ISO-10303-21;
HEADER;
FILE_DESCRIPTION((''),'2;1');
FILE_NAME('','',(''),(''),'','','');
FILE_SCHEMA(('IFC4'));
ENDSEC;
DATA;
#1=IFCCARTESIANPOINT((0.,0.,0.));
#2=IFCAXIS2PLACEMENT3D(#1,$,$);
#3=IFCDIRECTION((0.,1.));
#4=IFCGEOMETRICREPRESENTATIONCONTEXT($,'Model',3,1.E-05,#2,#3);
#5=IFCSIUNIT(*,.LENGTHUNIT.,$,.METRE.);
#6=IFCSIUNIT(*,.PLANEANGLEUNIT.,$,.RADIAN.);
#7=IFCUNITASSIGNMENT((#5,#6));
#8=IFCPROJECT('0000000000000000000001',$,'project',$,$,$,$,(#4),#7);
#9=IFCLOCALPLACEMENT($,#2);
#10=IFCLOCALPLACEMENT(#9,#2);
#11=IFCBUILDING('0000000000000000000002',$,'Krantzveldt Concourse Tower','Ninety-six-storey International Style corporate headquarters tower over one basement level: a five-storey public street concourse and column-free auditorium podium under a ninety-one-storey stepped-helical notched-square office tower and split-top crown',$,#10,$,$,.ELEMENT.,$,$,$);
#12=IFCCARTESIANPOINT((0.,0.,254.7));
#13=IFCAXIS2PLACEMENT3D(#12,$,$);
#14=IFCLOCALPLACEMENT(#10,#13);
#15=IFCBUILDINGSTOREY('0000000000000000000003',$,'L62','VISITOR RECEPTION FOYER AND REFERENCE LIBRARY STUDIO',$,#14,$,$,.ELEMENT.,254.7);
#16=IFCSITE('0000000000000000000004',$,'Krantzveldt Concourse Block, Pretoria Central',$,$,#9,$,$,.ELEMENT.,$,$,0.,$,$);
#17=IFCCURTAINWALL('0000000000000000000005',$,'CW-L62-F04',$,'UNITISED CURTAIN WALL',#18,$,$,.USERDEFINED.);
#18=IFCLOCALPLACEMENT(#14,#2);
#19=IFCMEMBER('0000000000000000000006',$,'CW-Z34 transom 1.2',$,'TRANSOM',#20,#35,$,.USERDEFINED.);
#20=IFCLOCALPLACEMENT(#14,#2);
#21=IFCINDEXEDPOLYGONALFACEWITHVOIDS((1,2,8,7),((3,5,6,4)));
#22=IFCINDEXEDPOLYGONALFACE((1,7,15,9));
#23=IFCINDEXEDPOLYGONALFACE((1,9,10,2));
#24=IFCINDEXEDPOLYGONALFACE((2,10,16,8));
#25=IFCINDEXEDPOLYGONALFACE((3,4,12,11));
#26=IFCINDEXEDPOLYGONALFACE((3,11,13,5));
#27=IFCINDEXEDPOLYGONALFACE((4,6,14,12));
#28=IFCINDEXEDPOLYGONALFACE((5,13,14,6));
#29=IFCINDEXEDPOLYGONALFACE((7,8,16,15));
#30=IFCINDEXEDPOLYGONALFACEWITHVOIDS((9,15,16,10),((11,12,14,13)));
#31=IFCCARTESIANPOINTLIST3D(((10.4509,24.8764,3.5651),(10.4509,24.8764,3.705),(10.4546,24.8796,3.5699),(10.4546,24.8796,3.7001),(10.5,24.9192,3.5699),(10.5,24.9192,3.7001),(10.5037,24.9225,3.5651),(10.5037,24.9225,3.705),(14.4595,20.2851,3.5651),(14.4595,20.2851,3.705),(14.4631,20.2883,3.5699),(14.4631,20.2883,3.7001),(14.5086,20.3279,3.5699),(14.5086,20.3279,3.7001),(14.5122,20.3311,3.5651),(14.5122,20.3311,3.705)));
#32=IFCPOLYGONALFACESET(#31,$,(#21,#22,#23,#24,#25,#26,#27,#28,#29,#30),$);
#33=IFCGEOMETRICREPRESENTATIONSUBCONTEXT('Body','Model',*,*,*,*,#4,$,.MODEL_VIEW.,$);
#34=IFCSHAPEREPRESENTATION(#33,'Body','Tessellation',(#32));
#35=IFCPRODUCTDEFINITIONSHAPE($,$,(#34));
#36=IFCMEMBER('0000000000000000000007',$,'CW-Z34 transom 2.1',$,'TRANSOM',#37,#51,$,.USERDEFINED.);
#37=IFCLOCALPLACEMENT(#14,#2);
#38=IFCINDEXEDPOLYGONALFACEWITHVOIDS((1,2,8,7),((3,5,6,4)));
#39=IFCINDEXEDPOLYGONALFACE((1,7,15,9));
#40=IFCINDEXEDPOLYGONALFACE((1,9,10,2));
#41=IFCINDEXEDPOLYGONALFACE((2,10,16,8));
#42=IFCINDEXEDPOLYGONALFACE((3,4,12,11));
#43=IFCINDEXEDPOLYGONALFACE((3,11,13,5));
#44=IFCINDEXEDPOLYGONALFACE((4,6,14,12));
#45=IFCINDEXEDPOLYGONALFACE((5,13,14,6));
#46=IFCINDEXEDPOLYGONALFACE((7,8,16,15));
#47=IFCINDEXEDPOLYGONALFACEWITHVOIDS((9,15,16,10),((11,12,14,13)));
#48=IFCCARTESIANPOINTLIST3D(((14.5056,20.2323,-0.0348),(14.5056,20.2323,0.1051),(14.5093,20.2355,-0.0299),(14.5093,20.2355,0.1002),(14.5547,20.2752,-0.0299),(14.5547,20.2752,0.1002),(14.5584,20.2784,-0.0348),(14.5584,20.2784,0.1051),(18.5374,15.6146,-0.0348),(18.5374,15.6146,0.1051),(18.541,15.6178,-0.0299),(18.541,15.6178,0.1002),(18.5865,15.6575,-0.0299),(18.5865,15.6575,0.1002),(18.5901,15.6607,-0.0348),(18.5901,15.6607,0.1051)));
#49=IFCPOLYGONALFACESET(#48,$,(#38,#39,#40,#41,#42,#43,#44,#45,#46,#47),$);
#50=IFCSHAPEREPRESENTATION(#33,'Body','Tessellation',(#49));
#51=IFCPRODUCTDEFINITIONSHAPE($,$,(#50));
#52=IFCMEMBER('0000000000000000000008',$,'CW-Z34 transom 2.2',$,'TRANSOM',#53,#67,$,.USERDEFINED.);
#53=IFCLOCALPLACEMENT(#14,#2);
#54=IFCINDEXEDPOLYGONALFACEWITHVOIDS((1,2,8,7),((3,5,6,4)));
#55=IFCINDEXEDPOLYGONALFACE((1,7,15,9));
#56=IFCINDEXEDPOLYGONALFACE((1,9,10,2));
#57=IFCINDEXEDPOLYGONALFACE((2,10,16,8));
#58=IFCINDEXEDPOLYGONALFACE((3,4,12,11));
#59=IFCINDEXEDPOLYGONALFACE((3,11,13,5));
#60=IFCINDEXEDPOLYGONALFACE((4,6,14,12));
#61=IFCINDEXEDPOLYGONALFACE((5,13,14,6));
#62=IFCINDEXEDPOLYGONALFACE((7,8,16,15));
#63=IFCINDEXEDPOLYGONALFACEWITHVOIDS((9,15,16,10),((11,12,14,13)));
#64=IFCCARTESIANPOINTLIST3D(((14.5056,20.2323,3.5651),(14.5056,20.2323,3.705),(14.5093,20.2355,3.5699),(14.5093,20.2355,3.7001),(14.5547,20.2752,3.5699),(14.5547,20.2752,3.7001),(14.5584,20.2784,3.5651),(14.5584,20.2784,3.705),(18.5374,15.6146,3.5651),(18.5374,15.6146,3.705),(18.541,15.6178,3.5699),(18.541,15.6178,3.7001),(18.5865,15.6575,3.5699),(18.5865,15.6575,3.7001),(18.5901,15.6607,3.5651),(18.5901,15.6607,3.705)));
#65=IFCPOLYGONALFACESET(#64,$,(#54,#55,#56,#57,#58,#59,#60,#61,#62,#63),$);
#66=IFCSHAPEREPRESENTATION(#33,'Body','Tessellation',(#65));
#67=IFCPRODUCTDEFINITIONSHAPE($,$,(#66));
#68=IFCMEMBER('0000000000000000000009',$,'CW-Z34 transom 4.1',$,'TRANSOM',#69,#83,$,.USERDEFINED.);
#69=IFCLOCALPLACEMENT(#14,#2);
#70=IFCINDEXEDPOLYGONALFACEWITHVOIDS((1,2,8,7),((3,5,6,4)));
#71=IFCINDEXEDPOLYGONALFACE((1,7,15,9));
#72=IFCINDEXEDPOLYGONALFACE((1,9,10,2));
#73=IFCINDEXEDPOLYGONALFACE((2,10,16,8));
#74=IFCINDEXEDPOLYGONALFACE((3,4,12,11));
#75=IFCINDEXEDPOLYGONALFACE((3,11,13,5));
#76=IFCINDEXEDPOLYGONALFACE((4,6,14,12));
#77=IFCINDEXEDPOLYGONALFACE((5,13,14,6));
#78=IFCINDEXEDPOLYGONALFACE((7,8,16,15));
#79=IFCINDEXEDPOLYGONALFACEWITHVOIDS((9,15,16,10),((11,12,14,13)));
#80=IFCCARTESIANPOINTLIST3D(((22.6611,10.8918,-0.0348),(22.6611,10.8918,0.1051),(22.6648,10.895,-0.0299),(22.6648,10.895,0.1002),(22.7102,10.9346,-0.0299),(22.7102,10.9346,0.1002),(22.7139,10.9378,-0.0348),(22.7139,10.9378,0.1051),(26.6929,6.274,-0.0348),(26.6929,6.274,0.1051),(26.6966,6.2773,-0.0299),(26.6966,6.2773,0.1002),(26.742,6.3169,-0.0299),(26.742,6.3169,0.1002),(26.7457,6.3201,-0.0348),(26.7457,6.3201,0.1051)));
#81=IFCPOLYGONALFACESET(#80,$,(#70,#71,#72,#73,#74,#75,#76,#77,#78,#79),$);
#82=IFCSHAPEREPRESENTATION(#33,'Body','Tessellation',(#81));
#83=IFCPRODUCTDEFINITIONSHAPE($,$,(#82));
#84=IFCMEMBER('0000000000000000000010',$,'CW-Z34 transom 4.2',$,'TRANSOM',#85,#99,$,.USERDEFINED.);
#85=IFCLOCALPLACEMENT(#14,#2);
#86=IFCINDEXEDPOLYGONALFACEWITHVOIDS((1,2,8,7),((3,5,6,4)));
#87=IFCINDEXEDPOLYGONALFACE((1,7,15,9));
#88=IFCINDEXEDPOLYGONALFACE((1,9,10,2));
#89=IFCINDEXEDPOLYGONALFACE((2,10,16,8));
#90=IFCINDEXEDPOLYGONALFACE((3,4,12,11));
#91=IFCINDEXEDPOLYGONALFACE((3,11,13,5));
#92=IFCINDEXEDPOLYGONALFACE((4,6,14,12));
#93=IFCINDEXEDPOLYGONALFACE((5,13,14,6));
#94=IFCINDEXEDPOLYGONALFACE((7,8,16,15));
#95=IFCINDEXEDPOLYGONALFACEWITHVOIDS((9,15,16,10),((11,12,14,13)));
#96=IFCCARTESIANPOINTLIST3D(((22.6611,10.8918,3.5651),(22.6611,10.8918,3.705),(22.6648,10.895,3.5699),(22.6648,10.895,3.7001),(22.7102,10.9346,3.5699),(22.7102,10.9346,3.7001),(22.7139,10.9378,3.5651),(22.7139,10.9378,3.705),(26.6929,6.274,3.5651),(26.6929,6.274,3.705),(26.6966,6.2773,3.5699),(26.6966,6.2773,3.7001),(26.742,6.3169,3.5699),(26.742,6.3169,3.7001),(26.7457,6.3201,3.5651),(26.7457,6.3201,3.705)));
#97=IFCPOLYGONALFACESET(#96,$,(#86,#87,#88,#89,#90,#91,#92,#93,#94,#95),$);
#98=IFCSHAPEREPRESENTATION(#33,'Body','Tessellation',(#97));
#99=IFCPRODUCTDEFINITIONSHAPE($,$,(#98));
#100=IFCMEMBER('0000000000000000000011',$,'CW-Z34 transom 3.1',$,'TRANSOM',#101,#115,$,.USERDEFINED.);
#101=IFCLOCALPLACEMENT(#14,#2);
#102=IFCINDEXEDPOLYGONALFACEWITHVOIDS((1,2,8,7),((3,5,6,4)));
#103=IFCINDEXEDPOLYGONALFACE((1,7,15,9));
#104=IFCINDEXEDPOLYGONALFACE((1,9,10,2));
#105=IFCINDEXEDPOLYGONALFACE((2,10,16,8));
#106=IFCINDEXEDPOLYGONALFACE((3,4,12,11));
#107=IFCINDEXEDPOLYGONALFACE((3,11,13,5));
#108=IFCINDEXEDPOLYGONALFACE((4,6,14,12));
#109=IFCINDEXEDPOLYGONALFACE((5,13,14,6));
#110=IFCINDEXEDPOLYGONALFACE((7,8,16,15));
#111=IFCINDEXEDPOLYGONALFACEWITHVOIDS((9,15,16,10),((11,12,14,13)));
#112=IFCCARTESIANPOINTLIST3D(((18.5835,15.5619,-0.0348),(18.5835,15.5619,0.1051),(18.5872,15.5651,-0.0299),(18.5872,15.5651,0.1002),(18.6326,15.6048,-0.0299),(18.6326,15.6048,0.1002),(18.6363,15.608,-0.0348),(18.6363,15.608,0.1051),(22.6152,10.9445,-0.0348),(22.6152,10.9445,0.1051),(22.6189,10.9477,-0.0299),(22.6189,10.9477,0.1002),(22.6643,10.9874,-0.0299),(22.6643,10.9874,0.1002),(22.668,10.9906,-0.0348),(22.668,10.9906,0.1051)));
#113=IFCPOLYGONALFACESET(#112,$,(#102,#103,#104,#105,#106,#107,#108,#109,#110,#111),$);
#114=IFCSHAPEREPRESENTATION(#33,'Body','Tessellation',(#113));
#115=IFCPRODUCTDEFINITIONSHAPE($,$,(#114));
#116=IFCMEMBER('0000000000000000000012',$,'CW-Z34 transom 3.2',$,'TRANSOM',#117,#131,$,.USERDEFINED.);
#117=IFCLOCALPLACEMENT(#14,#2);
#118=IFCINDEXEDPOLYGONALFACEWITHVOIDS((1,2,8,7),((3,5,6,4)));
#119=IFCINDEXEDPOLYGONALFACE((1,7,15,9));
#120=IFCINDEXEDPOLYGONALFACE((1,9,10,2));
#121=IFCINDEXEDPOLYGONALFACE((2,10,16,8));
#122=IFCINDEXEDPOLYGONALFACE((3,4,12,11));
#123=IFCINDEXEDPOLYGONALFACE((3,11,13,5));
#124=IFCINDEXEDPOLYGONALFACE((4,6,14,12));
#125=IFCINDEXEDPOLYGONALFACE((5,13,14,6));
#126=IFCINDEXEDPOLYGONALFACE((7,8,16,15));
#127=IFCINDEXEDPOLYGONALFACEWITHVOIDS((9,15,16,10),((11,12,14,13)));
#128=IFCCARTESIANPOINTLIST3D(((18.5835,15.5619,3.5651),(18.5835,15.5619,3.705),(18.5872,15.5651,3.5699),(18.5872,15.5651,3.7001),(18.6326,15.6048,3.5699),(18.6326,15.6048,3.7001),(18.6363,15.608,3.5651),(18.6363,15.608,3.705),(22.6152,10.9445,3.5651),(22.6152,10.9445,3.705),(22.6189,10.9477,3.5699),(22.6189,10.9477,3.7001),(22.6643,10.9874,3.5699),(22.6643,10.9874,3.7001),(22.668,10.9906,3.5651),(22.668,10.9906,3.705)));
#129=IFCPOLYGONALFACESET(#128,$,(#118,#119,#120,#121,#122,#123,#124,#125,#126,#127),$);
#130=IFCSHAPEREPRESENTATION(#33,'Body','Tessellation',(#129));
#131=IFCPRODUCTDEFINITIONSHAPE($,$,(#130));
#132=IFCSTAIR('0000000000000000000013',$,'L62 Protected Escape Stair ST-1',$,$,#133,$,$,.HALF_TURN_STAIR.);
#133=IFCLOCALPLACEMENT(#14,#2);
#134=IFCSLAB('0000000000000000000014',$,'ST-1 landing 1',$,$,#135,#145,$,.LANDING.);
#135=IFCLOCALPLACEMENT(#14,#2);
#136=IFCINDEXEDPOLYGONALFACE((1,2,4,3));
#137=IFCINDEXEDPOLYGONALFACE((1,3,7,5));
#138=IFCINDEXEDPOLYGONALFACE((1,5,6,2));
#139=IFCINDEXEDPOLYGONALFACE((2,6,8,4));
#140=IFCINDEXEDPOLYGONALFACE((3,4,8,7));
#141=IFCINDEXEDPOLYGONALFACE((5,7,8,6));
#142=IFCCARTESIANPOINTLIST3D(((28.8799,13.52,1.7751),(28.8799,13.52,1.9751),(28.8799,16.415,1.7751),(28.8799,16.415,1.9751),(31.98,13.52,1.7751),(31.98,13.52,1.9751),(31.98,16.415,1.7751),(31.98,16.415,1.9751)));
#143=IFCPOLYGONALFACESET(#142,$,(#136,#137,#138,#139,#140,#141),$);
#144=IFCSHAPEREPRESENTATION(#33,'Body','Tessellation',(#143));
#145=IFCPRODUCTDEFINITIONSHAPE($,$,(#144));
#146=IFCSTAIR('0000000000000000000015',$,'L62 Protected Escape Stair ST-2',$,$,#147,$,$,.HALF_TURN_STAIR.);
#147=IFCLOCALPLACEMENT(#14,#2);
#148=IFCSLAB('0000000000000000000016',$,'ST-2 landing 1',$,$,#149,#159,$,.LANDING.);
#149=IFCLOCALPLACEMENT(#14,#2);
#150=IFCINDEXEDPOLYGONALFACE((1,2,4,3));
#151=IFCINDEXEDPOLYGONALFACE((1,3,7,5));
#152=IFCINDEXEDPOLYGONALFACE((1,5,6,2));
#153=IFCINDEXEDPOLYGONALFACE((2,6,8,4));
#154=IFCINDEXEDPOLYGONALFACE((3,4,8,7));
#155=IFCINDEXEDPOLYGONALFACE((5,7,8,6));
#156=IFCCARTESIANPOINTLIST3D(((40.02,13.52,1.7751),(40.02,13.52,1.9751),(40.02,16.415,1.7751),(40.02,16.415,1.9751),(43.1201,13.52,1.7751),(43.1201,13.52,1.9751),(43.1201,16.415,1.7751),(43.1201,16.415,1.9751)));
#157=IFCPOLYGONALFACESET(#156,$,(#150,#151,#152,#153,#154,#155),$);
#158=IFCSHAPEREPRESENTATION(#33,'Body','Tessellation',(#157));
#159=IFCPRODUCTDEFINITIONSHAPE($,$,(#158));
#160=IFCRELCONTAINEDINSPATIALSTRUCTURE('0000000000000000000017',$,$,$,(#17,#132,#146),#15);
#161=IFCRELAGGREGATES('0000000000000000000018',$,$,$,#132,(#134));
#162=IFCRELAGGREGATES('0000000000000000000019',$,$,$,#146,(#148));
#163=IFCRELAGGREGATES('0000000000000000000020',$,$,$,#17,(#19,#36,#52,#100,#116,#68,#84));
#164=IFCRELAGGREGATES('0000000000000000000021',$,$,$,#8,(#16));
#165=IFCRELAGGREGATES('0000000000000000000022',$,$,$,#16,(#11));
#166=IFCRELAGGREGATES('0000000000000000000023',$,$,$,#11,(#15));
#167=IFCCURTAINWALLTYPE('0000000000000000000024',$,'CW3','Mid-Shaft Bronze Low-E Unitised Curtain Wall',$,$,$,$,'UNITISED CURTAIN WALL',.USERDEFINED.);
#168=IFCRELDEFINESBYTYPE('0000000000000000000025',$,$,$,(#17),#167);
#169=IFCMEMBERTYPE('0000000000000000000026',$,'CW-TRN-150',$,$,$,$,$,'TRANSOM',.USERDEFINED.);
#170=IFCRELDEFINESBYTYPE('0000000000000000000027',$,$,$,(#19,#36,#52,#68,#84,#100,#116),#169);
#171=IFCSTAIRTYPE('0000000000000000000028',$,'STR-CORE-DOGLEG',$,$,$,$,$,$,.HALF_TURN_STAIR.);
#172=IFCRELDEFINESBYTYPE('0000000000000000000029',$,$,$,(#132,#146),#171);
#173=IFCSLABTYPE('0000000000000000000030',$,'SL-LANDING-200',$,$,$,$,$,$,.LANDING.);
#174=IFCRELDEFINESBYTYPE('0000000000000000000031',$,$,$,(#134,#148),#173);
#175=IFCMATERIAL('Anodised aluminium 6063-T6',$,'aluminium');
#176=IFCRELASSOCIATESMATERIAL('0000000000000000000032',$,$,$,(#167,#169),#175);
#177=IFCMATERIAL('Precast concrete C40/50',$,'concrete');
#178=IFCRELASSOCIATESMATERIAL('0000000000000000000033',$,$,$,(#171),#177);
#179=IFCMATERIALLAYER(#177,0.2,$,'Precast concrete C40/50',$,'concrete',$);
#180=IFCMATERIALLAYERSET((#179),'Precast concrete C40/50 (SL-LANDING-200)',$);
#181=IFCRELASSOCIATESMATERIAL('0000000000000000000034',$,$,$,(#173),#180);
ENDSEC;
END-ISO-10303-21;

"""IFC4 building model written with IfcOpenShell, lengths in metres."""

from ifc_helpers import new_model, si_unit, direction, frame, origin, origin_2d, place, context, subcontext, project, spatial, polyline, hollow_rectangle, outline, extrude, source, transform, mapped, material, layer, layer_set, material_profile, profile_set, type_object, type_shapes, element, aggregate, save


model = new_model("IFC4")

# Units and contexts
model_context = context("Model", 3, precision=1e-05, world=origin(), true_north=direction((0.0, 1.0)))
body_context = subcontext(model_context, "Body", "Model", "MODEL_VIEW")
ifc_project = project(units=[si_unit("LENGTHUNIT", "METRE"), si_unit("PLANEANGLEUNIT", "RADIAN")], contexts=[model_context])

# Site, building, storey
site_placement = place(None, origin())
site = spatial("IfcSite", under=ifc_project, at=site_placement, Name="Krantzveldt Concourse Block, Pretoria Central", CompositionType="ELEMENT", RefElevation=0.0)
building_placement = place(site_placement, origin())
building = spatial("IfcBuilding", under=site, at=building_placement, Name="Krantzveldt Concourse Tower", Description="Ninety-six-storey International Style corporate headquarters tower over one basement level: a five-storey public street concourse and column-free auditorium podium under a ninety-one-storey stepped-helical notched-square office tower and split-top crown", CompositionType="ELEMENT")
storey_placement = place(building_placement, frame((0.0, 0.0, 254.7)))
storey = spatial("IfcBuildingStorey", under=building, at=storey_placement, Name="L62", Description="VISITOR RECEPTION FOYER AND REFERENCE LIBRARY STUDIO", CompositionType="ELEMENT", Elevation=254.7)

# Curtain wall, members
ifc_material_1 = material(Name="Anodised aluminium 6063-T6", Category="aluminium")
curtain_wall_type = type_object("IfcCurtainWallType", Name="CW3", Description="Mid-Shaft Bronze Low-E Unitised Curtain Wall", ElementType="UNITISED CURTAIN WALL", PredefinedType="USERDEFINED", material=ifc_material_1)
curtain_wall_placement = place(storey_placement, origin())
curtain_wall = element("IfcCurtainWall", 1, at=curtain_wall_placement, inside=storey, type_object=curtain_wall_type, Name="CW-L62-F04", ObjectType="UNITISED CURTAIN WALL", PredefinedType="USERDEFINED")
ifc_material_profile_1 = material_profile(ifc_material_1, hollow_rectangle(XDim=0.0701, YDim=0.1399, WallThickness=0.0049, at=origin_2d()), Name="Anodised aluminium 6063-T6", Category="aluminium")
ifc_profile_set_1 = profile_set([ifc_material_profile_1], Name="Anodised aluminium 6063-T6 - ALU-TRAN 140x70x5")
member_type_1 = type_object("IfcMemberType", Name="CW-TRN-150", ElementType="TRANSOM", PredefinedType="USERDEFINED", material=ifc_profile_set_1)
shared_shape_1 = source(origin(), body_context, "Body", "SweptSolid", [
    extrude(hollow_rectangle(XDim=0.0701, YDim=0.1399, WallThickness=0.0049, at=origin_2d()), origin(), (0.0, 0.0, 1.0), 6.095),
])
member_1_placement = place(storey_placement, frame((10.4773, 24.8994, 3.635), z_axis=(0.657682, -0.753296, 0.0), x_axis=(0.753296, 0.657682, 0.0)))
member_1 = element("IfcMember", 2, at=member_1_placement, type_object=member_type_1, Name="CW-Z34 transom 1.2", ObjectType="TRANSOM", PredefinedType="USERDEFINED", context=body_context, shape_type="MappedRepresentation", body=[
    mapped(shared_shape_1, transform((0.0, 0.0, 0.0), x_axis=(1.0, 0.0, 0.0), y_axis=(0.0, 1.0, 0.0), z_axis=(0.0, 0.0, 1.0), scale=1.0)),
])
shared_shape_2 = source(origin(), body_context, "Body", "SweptSolid", [
    extrude(hollow_rectangle(XDim=0.0701, YDim=0.1399, WallThickness=0.0049, at=origin_2d()), origin(), (0.0, 0.0, 1.0), 6.1301),
])
member_2_placement = place(storey_placement, frame((14.532, 20.2554, 0.0352), z_axis=(0.657698, -0.753282, 0.0), x_axis=(0.753282, 0.657698, 0.0)))
member_2 = element("IfcMember", 3, at=member_2_placement, type_object=member_type_1, Name="CW-Z34 transom 2.1", ObjectType="TRANSOM", PredefinedType="USERDEFINED", context=body_context, shape_type="MappedRepresentation", body=[
    mapped(shared_shape_2, transform((0.0, 0.0, 0.0), x_axis=(1.0, 0.0, 0.0), y_axis=(0.0, 1.0, 0.0), z_axis=(0.0, 0.0, 1.0), scale=1.0)),
])
member_3_placement = place(storey_placement, frame((14.532, 20.2554, 3.635), z_axis=(0.657698, -0.753282, 0.0), x_axis=(0.753282, 0.657698, 0.0)))
member_3 = element("IfcMember", 4, at=member_3_placement, type_object=member_type_1, Name="CW-Z34 transom 2.2", ObjectType="TRANSOM", PredefinedType="USERDEFINED", context=body_context, shape_type="MappedRepresentation", body=[
    mapped(shared_shape_2, transform((0.0, 0.0, 0.0), x_axis=(1.0, 0.0, 0.0), y_axis=(0.0, 1.0, 0.0), z_axis=(0.0, 0.0, 1.0), scale=1.0)),
])
member_4_placement = place(storey_placement, frame((22.6875, 10.9148, 0.0352), z_axis=(0.657698, -0.753282, 0.0), x_axis=(0.753282, 0.657698, 0.0)))
member_4 = element("IfcMember", 5, at=member_4_placement, type_object=member_type_1, Name="CW-Z34 transom 4.1", ObjectType="TRANSOM", PredefinedType="USERDEFINED", context=body_context, shape_type="MappedRepresentation", body=[
    mapped(shared_shape_2, transform((0.0, 0.0, 0.0), x_axis=(1.0, 0.0, 0.0), y_axis=(0.0, 1.0, 0.0), z_axis=(0.0, 0.0, 1.0), scale=1.0)),
])
member_5_placement = place(storey_placement, frame((22.6875, 10.9148, 3.635), z_axis=(0.657698, -0.753282, 0.0), x_axis=(0.753282, 0.657698, 0.0)))
member_5 = element("IfcMember", 6, at=member_5_placement, type_object=member_type_1, Name="CW-Z34 transom 4.2", ObjectType="TRANSOM", PredefinedType="USERDEFINED", context=body_context, shape_type="MappedRepresentation", body=[
    mapped(shared_shape_2, transform((0.0, 0.0, 0.0), x_axis=(1.0, 0.0, 0.0), y_axis=(0.0, 1.0, 0.0), z_axis=(0.0, 0.0, 1.0), scale=1.0)),
])
shared_shape_3 = source(origin(), body_context, "Body", "SweptSolid", [
    extrude(hollow_rectangle(XDim=0.0701, YDim=0.1399, WallThickness=0.0049, at=origin_2d()), origin(), (0.0, 0.0, 1.0), 6.1299),
])
type_shapes(member_type_1, [shared_shape_1, shared_shape_2, shared_shape_3])
member_6_placement = place(storey_placement, frame((18.6099, 15.585, 0.0352), z_axis=(0.657718, -0.753265, 0.0), x_axis=(0.753265, 0.657718, 0.0)))
member_6 = element("IfcMember", 7, at=member_6_placement, type_object=member_type_1, Name="CW-Z34 transom 3.1", ObjectType="TRANSOM", PredefinedType="USERDEFINED", context=body_context, shape_type="MappedRepresentation", body=[
    mapped(shared_shape_3, transform((0.0, 0.0, 0.0), x_axis=(1.0, 0.0, 0.0), y_axis=(0.0, 1.0, 0.0), z_axis=(0.0, 0.0, 1.0), scale=1.0)),
])
member_7_placement = place(storey_placement, frame((18.6099, 15.585, 3.635), z_axis=(0.657718, -0.753265, 0.0), x_axis=(0.753265, 0.657718, 0.0)))
member_7 = element("IfcMember", 8, at=member_7_placement, type_object=member_type_1, Name="CW-Z34 transom 3.2", ObjectType="TRANSOM", PredefinedType="USERDEFINED", context=body_context, shape_type="MappedRepresentation", body=[
    mapped(shared_shape_3, transform((0.0, 0.0, 0.0), x_axis=(1.0, 0.0, 0.0), y_axis=(0.0, 1.0, 0.0), z_axis=(0.0, 0.0, 1.0), scale=1.0)),
])

# Stairs, slabs
ifc_material_2 = material(Name="Precast concrete C40/50", Category="concrete")
stair_type = type_object("IfcStairType", Name="STR-CORE-DOGLEG", PredefinedType="HALF_TURN_STAIR", material=ifc_material_2)
stair_1_placement = place(storey_placement, origin())
stair_1 = element("IfcStair", 9, at=stair_1_placement, inside=storey, type_object=stair_type, Name="L62 Protected Escape Stair ST-1", PredefinedType="HALF_TURN_STAIR")
ifc_layer_1 = layer(ifc_material_2, 0.2, Name="Precast concrete C40/50", Category="concrete")
ifc_layer_set_1 = layer_set([ifc_layer_1], Name="Precast concrete C40/50 (SL-LANDING-200)")
slab_type_1 = type_object("IfcSlabType", Name="SL-LANDING-200", PredefinedType="LANDING", material=ifc_layer_set_1)
slab_1_placement = place(storey_placement, frame((0.0, 0.0, 1.7751)))
slab_1 = element("IfcSlab", 10, at=slab_1_placement, type_object=slab_type_1, Name="ST-1 landing 1", PredefinedType="LANDING", context=body_context, shape_type="SweptSolid", body=[
    extrude(outline(polyline([(28.8799, 16.415), (28.8799, 13.52), (31.98, 13.52), (31.98, 16.415), (28.8799, 16.415)])), origin(), (0.0, 0.0, 1.0), 0.2),
])
aggregate(stair_1, [slab_1])
stair_2_placement = place(storey_placement, origin())
stair_2 = element("IfcStair", 11, at=stair_2_placement, inside=storey, type_object=stair_type, Name="L62 Protected Escape Stair ST-2", PredefinedType="HALF_TURN_STAIR")
slab_2_placement = place(storey_placement, frame((0.0, 0.0, 1.7751)))
slab_2 = element("IfcSlab", 12, at=slab_2_placement, type_object=slab_type_1, Name="ST-2 landing 1", PredefinedType="LANDING", context=body_context, shape_type="SweptSolid", body=[
    extrude(outline(polyline([(40.02, 16.415), (40.02, 13.52), (43.1201, 13.52), (43.1201, 16.415), (40.02, 16.415)])), origin(), (0.0, 0.0, 1.0), 0.2),
])
aggregate(stair_2, [slab_2])

aggregate(curtain_wall, [member_1, member_2, member_3, member_6, member_7, member_4, member_5])

save(model, "model.ifc")
